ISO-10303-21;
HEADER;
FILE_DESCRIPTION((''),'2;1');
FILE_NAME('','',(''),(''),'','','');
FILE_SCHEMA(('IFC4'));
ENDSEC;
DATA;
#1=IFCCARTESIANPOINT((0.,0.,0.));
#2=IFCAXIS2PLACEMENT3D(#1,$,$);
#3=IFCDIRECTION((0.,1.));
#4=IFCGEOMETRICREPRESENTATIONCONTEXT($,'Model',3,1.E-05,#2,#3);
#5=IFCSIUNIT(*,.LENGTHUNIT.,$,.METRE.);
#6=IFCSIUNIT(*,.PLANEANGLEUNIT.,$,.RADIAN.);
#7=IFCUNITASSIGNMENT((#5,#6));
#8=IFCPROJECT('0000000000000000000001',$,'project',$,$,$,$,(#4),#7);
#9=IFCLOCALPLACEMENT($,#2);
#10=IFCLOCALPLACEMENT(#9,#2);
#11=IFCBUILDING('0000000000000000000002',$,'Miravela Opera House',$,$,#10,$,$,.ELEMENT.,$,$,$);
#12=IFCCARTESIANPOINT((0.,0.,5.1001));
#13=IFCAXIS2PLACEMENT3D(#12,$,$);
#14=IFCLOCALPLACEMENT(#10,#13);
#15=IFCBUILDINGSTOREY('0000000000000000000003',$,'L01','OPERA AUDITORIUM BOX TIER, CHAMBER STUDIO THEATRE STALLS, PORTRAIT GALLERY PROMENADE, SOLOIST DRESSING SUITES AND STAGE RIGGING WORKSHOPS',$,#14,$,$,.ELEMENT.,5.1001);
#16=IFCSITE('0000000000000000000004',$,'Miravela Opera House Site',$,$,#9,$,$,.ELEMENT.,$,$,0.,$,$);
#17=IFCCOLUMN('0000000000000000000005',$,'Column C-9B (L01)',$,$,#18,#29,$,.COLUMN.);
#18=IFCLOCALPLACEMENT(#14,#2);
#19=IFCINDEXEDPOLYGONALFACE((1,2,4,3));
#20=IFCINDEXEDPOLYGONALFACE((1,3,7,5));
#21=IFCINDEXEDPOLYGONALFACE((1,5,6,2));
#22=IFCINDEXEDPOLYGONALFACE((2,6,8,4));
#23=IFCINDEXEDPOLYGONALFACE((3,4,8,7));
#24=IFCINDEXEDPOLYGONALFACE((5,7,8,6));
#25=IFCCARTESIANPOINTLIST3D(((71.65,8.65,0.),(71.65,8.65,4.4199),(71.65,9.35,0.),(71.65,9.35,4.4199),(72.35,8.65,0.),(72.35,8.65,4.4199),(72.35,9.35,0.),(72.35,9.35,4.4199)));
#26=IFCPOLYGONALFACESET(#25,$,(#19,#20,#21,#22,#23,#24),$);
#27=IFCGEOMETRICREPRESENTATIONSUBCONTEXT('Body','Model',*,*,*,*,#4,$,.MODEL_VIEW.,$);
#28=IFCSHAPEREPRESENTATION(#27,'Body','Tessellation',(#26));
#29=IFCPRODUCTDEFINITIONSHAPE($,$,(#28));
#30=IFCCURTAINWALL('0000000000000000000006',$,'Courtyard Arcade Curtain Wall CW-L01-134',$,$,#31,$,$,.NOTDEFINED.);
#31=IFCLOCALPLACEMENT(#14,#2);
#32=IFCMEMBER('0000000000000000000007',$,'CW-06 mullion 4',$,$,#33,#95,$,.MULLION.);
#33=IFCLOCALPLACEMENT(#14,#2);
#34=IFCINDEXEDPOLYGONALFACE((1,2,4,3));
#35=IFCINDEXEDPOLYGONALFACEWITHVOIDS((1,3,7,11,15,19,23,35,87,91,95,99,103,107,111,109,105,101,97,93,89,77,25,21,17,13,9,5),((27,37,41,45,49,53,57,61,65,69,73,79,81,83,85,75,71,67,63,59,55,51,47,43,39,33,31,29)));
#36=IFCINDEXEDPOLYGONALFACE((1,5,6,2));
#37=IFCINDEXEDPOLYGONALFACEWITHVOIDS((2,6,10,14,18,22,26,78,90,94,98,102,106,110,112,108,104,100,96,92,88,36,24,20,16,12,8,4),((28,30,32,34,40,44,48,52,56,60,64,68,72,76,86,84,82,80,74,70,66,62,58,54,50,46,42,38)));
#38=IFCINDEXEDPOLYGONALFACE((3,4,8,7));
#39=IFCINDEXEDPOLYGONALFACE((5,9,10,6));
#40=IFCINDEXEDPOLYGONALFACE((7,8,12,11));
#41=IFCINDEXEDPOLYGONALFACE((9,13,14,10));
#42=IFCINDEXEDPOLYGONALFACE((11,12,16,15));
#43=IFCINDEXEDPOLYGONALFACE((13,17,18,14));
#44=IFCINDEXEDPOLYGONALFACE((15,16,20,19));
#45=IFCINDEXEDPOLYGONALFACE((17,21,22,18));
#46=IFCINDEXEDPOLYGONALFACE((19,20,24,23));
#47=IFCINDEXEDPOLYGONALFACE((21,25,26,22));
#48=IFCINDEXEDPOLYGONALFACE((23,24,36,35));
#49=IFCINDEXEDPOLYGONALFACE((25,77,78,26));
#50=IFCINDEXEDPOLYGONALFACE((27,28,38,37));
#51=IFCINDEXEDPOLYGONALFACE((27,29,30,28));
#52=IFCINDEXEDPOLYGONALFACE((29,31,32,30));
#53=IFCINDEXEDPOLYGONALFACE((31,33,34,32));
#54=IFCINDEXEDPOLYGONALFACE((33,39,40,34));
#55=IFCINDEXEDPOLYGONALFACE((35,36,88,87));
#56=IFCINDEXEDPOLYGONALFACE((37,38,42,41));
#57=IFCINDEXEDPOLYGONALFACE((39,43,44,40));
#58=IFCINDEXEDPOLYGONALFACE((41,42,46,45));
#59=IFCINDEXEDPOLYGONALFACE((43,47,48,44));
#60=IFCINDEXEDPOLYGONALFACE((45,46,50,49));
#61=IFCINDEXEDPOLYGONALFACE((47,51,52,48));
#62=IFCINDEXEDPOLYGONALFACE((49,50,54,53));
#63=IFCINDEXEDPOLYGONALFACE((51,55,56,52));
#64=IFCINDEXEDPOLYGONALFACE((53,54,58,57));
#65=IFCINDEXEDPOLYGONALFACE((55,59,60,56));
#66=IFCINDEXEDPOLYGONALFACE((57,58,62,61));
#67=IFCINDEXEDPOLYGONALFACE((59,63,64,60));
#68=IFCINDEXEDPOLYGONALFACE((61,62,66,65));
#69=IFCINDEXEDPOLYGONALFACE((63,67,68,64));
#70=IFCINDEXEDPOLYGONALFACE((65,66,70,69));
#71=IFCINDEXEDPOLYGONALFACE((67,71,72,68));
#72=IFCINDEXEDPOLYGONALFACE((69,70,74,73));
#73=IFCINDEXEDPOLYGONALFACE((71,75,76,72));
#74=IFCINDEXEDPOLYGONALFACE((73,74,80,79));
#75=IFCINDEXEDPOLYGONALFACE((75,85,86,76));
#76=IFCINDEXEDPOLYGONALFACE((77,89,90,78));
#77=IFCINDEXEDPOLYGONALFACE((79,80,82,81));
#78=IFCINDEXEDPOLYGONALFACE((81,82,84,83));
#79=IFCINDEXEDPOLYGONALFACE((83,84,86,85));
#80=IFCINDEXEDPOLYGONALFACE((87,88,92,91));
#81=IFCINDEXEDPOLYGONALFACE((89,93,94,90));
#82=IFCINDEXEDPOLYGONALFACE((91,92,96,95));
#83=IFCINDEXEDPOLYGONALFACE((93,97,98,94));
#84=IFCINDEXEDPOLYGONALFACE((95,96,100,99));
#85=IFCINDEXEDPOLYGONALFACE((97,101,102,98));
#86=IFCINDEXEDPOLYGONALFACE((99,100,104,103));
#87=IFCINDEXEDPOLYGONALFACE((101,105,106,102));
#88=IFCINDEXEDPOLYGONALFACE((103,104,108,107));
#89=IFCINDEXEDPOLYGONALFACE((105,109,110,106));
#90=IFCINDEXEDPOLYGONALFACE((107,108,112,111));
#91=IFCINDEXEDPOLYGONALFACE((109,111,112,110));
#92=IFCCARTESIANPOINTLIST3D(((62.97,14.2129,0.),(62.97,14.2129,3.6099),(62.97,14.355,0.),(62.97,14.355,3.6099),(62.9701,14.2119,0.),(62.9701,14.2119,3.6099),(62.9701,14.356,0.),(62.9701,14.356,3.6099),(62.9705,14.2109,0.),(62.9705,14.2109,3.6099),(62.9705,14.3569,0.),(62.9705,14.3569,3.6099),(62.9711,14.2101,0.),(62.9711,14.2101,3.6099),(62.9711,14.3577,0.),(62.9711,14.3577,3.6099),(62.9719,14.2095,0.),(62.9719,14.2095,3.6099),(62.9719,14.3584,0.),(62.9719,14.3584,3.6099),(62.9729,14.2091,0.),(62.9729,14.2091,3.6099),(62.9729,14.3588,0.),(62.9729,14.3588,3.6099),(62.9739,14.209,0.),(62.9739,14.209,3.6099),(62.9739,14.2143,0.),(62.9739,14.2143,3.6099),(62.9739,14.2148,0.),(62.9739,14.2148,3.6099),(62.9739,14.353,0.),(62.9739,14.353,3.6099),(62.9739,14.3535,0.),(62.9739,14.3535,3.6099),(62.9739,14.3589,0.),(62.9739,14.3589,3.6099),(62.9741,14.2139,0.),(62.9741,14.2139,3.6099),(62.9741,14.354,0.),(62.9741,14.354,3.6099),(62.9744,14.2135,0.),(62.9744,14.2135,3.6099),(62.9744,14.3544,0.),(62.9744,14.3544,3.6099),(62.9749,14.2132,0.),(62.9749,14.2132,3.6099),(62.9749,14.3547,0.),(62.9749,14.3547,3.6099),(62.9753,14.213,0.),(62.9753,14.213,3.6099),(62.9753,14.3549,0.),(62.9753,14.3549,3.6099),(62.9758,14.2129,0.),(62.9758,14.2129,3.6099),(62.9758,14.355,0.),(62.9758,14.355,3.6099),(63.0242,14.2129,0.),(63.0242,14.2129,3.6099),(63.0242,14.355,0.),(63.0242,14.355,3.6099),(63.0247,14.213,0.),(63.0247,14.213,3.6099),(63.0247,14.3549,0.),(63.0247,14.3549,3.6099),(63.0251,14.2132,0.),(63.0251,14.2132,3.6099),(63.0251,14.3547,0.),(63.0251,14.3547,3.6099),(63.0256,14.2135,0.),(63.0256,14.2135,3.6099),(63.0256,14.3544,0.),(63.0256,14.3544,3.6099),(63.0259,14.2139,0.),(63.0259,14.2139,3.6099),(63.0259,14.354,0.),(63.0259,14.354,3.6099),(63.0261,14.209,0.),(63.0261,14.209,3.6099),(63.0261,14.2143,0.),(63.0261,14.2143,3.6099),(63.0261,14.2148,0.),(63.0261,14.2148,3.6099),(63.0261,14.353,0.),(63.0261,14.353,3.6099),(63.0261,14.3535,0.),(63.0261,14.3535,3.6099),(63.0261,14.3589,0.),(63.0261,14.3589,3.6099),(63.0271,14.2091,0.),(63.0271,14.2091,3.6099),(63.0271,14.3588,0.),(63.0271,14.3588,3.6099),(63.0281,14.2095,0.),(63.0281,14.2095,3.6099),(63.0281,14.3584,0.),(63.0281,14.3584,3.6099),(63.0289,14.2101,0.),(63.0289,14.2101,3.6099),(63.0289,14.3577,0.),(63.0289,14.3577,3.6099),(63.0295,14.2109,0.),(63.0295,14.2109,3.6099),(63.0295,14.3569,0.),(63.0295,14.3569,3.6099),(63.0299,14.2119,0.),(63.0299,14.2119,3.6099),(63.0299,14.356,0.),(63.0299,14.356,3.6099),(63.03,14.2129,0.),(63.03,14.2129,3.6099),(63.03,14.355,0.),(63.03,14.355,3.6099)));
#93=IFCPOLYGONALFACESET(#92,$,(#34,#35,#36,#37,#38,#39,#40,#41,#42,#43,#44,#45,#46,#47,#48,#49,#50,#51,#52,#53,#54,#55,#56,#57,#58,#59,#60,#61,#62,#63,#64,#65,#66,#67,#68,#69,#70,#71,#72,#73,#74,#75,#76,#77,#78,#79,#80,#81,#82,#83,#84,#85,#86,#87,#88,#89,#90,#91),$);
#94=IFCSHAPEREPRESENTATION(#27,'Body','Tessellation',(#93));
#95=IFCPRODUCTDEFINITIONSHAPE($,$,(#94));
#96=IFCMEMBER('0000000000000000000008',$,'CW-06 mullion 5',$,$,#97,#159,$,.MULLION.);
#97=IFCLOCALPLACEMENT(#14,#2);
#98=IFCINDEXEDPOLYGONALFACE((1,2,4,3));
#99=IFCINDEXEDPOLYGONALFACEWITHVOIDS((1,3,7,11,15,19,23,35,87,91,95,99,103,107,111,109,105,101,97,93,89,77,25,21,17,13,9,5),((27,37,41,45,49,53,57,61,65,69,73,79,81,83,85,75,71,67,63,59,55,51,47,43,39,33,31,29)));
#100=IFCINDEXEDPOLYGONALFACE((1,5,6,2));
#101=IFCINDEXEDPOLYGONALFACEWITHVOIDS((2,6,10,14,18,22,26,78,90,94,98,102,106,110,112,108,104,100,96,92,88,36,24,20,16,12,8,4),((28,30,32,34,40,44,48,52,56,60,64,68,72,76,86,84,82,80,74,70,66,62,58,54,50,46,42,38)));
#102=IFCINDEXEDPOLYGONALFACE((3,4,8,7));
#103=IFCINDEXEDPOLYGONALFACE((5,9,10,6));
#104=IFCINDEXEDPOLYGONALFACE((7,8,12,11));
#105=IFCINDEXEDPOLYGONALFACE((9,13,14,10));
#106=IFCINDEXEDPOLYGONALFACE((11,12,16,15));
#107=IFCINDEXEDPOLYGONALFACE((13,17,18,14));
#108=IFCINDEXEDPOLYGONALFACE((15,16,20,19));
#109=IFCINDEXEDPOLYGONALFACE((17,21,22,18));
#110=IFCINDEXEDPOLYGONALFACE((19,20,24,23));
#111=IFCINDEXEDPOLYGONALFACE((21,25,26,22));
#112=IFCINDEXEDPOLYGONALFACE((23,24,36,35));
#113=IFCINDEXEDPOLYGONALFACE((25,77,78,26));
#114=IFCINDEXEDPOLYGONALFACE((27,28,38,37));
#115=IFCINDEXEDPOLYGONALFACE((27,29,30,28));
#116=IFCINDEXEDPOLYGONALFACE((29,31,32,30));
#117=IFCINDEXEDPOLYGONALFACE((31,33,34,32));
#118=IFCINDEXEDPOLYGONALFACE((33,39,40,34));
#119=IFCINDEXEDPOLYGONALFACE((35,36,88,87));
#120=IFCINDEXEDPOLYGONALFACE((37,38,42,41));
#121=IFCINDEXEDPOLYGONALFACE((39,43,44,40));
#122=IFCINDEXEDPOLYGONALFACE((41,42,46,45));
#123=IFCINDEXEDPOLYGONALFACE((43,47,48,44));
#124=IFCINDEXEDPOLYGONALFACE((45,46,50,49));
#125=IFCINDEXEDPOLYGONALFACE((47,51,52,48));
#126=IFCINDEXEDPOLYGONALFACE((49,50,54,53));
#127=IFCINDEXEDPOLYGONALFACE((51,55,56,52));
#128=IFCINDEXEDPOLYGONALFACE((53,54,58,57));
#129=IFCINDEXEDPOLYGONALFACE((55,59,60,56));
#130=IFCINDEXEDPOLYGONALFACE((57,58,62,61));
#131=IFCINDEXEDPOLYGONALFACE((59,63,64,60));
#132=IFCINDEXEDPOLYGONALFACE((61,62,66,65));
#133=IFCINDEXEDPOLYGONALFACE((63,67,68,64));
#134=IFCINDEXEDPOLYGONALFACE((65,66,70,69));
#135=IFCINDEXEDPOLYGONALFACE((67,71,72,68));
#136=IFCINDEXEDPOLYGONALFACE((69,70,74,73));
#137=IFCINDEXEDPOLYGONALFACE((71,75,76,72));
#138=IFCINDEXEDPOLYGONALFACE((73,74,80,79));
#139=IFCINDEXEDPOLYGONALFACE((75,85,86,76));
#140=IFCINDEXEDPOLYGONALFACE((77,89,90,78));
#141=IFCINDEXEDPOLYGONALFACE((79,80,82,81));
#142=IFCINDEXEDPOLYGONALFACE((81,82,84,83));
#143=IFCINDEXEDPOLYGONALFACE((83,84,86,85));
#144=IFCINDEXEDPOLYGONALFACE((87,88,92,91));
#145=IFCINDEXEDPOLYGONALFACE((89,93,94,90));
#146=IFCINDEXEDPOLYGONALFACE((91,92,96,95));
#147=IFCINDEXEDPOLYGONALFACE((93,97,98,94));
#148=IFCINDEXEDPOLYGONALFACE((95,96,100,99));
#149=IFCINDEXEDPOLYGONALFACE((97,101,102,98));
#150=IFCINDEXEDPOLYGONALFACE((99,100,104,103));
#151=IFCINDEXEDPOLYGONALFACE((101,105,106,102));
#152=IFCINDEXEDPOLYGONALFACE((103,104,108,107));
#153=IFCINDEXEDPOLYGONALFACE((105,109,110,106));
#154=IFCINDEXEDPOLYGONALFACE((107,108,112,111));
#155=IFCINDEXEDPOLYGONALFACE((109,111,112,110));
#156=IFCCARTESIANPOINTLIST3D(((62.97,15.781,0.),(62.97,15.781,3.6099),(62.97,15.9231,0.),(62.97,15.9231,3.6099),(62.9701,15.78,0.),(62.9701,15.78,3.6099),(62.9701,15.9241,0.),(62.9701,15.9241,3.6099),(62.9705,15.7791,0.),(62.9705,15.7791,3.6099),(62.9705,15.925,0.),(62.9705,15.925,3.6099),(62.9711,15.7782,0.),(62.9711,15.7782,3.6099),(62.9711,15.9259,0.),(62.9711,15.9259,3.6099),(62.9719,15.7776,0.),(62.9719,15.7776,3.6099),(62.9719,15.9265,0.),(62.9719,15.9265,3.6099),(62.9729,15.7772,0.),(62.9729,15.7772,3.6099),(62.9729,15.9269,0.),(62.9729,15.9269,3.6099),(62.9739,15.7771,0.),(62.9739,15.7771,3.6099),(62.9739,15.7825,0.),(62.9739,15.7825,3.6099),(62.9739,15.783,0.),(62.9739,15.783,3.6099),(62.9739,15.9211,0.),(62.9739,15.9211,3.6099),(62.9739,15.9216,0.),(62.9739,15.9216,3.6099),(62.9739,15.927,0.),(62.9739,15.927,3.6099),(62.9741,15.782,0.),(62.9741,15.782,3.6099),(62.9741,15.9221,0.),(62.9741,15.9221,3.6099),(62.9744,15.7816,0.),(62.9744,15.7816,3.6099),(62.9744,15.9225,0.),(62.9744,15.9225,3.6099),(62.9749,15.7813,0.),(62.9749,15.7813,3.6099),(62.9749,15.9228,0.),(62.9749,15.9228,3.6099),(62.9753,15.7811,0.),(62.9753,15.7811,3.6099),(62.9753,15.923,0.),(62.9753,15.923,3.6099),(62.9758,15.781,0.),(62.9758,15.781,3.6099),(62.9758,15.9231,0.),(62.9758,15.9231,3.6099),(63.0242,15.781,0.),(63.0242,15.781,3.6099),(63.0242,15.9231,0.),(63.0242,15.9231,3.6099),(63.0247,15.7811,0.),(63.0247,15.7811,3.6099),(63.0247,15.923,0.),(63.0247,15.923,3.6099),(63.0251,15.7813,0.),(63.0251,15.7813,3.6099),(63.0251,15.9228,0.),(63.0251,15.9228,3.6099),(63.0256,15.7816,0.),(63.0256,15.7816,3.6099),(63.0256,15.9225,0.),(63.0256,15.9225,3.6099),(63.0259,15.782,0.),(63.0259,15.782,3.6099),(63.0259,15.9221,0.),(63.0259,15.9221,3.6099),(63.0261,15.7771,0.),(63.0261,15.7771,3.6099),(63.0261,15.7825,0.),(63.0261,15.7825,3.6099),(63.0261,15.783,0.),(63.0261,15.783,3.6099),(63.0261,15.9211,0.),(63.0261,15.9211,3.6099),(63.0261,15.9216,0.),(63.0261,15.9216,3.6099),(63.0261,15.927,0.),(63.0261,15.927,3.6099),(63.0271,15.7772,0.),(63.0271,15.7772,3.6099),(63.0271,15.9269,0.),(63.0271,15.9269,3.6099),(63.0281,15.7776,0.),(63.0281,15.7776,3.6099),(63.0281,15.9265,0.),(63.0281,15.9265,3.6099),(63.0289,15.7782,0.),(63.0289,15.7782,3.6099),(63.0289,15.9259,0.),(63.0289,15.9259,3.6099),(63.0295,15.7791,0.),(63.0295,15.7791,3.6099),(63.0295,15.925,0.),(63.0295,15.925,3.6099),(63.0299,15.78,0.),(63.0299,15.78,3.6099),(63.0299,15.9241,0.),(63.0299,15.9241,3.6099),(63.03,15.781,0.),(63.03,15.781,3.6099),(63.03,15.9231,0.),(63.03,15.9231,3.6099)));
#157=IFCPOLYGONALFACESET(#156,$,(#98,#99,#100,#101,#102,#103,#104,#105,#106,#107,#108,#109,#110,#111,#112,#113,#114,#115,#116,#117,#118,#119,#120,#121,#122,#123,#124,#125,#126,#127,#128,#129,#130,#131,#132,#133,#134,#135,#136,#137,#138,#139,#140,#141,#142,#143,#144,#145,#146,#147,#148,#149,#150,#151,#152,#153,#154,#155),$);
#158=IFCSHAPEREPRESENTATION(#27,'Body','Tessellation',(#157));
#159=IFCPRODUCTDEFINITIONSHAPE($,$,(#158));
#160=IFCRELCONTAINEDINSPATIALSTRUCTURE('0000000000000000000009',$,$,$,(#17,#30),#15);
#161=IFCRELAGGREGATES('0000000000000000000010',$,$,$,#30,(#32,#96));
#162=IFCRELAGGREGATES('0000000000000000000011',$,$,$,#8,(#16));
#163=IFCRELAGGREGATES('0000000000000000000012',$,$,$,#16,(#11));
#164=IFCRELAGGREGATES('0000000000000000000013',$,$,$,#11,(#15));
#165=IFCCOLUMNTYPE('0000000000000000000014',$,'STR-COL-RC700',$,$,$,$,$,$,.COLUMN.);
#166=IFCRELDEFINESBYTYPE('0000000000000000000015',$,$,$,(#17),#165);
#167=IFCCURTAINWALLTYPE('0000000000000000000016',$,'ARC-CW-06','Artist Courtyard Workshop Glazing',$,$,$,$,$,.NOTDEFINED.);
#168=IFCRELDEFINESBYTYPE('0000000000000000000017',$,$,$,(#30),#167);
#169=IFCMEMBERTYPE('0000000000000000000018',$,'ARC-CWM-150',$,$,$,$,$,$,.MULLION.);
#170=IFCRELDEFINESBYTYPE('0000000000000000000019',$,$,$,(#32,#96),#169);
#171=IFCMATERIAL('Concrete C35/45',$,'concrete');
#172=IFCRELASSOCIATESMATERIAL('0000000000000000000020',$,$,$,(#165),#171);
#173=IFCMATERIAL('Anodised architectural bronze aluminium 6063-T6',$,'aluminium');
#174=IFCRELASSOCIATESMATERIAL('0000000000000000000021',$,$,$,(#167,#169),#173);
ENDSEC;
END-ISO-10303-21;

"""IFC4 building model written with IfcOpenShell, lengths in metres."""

from ifc_helpers import new_model, si_unit, direction, frame, origin, origin_2d, place, context, subcontext, project, spatial, rectangle, hollow_rectangle, extrude, material, material_profile, profile_set, type_object, element, aggregate, save


model = new_model("IFC4")

# Units and contexts
model_context = context("Model", 3, precision=1e-05, world=origin(), true_north=direction((0.0, 1.0)))
body_context = subcontext(model_context, "Body", "Model", "MODEL_VIEW")
ifc_project = project(units=[si_unit("LENGTHUNIT", "METRE"), si_unit("PLANEANGLEUNIT", "RADIAN")], contexts=[model_context])

# Site, building, storey
site_placement = place(None, origin())
site = spatial("IfcSite", under=ifc_project, at=site_placement, Name="Miravela Opera House Site", CompositionType="ELEMENT", RefElevation=0.0)
building_placement = place(site_placement, origin())
building = spatial("IfcBuilding", under=site, at=building_placement, Name="Miravela Opera House", CompositionType="ELEMENT")
storey_placement = place(building_placement, frame((0.0, 0.0, 5.1001)))
storey = spatial("IfcBuildingStorey", under=building, at=storey_placement, Name="L01", Description="OPERA AUDITORIUM BOX TIER, CHAMBER STUDIO THEATRE STALLS, PORTRAIT GALLERY PROMENADE, SOLOIST DRESSING SUITES AND STAGE RIGGING WORKSHOPS", CompositionType="ELEMENT", Elevation=5.1001)

# Column
ifc_material_1 = material(Name="Concrete C35/45", Category="concrete")
ifc_material_profile_1 = material_profile(ifc_material_1, rectangle(XDim=0.7, YDim=0.7, at=origin_2d()), Name="RC-COL-700X700")
ifc_profile_set_1 = profile_set([ifc_material_profile_1])
column_type = type_object("IfcColumnType", Name="STR-COL-RC700", PredefinedType="COLUMN", material=ifc_profile_set_1)
column_placement = place(storey_placement, frame((72.0, 9.0, 0.0), z_axis=(0.0, 0.0, 1.0), x_axis=(1.0, 0.0, 0.0)))
element("IfcColumn", 1, at=column_placement, inside=storey, type_object=column_type, Name="Column C-9B (L01)", PredefinedType="COLUMN", context=body_context, shape_type="SweptSolid", body=[
    extrude(rectangle(XDim=0.7, YDim=0.7, at=origin_2d()), origin(), (0.0, 0.0, 1.0), 4.4199),
])

# Curtain wall, members
ifc_material_2 = material(Name="Anodised architectural bronze aluminium 6063-T6", Category="aluminium")
curtain_wall_type = type_object("IfcCurtainWallType", Name="ARC-CW-06", Description="Artist Courtyard Workshop Glazing", PredefinedType="NOTDEFINED", material=ifc_material_2)
curtain_wall_placement = place(storey_placement, origin())
curtain_wall = element("IfcCurtainWall", 2, at=curtain_wall_placement, inside=storey, type_object=curtain_wall_type, Name="Courtyard Arcade Curtain Wall CW-L01-134", PredefinedType="NOTDEFINED")
ifc_material_profile_2 = material_profile(ifc_material_2, hollow_rectangle(XDim=0.0601, YDim=0.1499, WallThickness=0.0039, InnerFilletRadius=0.002, OuterFilletRadius=0.0039, at=origin_2d()), Name="CWM-60X150")
ifc_profile_set_2 = profile_set([ifc_material_profile_2])
member_type_1 = type_object("IfcMemberType", Name="ARC-CWM-150", PredefinedType="MULLION", material=ifc_profile_set_2)
member_1_placement = place(storey_placement, frame((63.0, 14.2839, 0.0), z_axis=(0.0, 0.0, 1.0), x_axis=(-1.0, 0.0, 0.0)))
member_1 = element("IfcMember", 3, at=member_1_placement, type_object=member_type_1, Name="CW-06 mullion 4", PredefinedType="MULLION", context=body_context, shape_type="SweptSolid", body=[
    extrude(hollow_rectangle(XDim=0.0601, YDim=0.1499, WallThickness=0.0039, InnerFilletRadius=0.002, OuterFilletRadius=0.0039, at=origin_2d()), origin(), (0.0, 0.0, 1.0), 3.6099),
])
member_2_placement = place(storey_placement, frame((63.0, 15.8521, 0.0), z_axis=(0.0, 0.0, 1.0), x_axis=(-1.0, 0.0, 0.0)))
member_2 = element("IfcMember", 4, at=member_2_placement, type_object=member_type_1, Name="CW-06 mullion 5", PredefinedType="MULLION", context=body_context, shape_type="SweptSolid", body=[
    extrude(hollow_rectangle(XDim=0.0601, YDim=0.1499, WallThickness=0.0039, InnerFilletRadius=0.002, OuterFilletRadius=0.0039, at=origin_2d()), origin(), (0.0, 0.0, 1.0), 3.6099),
])

aggregate(curtain_wall, [member_1, member_2])

save(model, "model.ifc")
